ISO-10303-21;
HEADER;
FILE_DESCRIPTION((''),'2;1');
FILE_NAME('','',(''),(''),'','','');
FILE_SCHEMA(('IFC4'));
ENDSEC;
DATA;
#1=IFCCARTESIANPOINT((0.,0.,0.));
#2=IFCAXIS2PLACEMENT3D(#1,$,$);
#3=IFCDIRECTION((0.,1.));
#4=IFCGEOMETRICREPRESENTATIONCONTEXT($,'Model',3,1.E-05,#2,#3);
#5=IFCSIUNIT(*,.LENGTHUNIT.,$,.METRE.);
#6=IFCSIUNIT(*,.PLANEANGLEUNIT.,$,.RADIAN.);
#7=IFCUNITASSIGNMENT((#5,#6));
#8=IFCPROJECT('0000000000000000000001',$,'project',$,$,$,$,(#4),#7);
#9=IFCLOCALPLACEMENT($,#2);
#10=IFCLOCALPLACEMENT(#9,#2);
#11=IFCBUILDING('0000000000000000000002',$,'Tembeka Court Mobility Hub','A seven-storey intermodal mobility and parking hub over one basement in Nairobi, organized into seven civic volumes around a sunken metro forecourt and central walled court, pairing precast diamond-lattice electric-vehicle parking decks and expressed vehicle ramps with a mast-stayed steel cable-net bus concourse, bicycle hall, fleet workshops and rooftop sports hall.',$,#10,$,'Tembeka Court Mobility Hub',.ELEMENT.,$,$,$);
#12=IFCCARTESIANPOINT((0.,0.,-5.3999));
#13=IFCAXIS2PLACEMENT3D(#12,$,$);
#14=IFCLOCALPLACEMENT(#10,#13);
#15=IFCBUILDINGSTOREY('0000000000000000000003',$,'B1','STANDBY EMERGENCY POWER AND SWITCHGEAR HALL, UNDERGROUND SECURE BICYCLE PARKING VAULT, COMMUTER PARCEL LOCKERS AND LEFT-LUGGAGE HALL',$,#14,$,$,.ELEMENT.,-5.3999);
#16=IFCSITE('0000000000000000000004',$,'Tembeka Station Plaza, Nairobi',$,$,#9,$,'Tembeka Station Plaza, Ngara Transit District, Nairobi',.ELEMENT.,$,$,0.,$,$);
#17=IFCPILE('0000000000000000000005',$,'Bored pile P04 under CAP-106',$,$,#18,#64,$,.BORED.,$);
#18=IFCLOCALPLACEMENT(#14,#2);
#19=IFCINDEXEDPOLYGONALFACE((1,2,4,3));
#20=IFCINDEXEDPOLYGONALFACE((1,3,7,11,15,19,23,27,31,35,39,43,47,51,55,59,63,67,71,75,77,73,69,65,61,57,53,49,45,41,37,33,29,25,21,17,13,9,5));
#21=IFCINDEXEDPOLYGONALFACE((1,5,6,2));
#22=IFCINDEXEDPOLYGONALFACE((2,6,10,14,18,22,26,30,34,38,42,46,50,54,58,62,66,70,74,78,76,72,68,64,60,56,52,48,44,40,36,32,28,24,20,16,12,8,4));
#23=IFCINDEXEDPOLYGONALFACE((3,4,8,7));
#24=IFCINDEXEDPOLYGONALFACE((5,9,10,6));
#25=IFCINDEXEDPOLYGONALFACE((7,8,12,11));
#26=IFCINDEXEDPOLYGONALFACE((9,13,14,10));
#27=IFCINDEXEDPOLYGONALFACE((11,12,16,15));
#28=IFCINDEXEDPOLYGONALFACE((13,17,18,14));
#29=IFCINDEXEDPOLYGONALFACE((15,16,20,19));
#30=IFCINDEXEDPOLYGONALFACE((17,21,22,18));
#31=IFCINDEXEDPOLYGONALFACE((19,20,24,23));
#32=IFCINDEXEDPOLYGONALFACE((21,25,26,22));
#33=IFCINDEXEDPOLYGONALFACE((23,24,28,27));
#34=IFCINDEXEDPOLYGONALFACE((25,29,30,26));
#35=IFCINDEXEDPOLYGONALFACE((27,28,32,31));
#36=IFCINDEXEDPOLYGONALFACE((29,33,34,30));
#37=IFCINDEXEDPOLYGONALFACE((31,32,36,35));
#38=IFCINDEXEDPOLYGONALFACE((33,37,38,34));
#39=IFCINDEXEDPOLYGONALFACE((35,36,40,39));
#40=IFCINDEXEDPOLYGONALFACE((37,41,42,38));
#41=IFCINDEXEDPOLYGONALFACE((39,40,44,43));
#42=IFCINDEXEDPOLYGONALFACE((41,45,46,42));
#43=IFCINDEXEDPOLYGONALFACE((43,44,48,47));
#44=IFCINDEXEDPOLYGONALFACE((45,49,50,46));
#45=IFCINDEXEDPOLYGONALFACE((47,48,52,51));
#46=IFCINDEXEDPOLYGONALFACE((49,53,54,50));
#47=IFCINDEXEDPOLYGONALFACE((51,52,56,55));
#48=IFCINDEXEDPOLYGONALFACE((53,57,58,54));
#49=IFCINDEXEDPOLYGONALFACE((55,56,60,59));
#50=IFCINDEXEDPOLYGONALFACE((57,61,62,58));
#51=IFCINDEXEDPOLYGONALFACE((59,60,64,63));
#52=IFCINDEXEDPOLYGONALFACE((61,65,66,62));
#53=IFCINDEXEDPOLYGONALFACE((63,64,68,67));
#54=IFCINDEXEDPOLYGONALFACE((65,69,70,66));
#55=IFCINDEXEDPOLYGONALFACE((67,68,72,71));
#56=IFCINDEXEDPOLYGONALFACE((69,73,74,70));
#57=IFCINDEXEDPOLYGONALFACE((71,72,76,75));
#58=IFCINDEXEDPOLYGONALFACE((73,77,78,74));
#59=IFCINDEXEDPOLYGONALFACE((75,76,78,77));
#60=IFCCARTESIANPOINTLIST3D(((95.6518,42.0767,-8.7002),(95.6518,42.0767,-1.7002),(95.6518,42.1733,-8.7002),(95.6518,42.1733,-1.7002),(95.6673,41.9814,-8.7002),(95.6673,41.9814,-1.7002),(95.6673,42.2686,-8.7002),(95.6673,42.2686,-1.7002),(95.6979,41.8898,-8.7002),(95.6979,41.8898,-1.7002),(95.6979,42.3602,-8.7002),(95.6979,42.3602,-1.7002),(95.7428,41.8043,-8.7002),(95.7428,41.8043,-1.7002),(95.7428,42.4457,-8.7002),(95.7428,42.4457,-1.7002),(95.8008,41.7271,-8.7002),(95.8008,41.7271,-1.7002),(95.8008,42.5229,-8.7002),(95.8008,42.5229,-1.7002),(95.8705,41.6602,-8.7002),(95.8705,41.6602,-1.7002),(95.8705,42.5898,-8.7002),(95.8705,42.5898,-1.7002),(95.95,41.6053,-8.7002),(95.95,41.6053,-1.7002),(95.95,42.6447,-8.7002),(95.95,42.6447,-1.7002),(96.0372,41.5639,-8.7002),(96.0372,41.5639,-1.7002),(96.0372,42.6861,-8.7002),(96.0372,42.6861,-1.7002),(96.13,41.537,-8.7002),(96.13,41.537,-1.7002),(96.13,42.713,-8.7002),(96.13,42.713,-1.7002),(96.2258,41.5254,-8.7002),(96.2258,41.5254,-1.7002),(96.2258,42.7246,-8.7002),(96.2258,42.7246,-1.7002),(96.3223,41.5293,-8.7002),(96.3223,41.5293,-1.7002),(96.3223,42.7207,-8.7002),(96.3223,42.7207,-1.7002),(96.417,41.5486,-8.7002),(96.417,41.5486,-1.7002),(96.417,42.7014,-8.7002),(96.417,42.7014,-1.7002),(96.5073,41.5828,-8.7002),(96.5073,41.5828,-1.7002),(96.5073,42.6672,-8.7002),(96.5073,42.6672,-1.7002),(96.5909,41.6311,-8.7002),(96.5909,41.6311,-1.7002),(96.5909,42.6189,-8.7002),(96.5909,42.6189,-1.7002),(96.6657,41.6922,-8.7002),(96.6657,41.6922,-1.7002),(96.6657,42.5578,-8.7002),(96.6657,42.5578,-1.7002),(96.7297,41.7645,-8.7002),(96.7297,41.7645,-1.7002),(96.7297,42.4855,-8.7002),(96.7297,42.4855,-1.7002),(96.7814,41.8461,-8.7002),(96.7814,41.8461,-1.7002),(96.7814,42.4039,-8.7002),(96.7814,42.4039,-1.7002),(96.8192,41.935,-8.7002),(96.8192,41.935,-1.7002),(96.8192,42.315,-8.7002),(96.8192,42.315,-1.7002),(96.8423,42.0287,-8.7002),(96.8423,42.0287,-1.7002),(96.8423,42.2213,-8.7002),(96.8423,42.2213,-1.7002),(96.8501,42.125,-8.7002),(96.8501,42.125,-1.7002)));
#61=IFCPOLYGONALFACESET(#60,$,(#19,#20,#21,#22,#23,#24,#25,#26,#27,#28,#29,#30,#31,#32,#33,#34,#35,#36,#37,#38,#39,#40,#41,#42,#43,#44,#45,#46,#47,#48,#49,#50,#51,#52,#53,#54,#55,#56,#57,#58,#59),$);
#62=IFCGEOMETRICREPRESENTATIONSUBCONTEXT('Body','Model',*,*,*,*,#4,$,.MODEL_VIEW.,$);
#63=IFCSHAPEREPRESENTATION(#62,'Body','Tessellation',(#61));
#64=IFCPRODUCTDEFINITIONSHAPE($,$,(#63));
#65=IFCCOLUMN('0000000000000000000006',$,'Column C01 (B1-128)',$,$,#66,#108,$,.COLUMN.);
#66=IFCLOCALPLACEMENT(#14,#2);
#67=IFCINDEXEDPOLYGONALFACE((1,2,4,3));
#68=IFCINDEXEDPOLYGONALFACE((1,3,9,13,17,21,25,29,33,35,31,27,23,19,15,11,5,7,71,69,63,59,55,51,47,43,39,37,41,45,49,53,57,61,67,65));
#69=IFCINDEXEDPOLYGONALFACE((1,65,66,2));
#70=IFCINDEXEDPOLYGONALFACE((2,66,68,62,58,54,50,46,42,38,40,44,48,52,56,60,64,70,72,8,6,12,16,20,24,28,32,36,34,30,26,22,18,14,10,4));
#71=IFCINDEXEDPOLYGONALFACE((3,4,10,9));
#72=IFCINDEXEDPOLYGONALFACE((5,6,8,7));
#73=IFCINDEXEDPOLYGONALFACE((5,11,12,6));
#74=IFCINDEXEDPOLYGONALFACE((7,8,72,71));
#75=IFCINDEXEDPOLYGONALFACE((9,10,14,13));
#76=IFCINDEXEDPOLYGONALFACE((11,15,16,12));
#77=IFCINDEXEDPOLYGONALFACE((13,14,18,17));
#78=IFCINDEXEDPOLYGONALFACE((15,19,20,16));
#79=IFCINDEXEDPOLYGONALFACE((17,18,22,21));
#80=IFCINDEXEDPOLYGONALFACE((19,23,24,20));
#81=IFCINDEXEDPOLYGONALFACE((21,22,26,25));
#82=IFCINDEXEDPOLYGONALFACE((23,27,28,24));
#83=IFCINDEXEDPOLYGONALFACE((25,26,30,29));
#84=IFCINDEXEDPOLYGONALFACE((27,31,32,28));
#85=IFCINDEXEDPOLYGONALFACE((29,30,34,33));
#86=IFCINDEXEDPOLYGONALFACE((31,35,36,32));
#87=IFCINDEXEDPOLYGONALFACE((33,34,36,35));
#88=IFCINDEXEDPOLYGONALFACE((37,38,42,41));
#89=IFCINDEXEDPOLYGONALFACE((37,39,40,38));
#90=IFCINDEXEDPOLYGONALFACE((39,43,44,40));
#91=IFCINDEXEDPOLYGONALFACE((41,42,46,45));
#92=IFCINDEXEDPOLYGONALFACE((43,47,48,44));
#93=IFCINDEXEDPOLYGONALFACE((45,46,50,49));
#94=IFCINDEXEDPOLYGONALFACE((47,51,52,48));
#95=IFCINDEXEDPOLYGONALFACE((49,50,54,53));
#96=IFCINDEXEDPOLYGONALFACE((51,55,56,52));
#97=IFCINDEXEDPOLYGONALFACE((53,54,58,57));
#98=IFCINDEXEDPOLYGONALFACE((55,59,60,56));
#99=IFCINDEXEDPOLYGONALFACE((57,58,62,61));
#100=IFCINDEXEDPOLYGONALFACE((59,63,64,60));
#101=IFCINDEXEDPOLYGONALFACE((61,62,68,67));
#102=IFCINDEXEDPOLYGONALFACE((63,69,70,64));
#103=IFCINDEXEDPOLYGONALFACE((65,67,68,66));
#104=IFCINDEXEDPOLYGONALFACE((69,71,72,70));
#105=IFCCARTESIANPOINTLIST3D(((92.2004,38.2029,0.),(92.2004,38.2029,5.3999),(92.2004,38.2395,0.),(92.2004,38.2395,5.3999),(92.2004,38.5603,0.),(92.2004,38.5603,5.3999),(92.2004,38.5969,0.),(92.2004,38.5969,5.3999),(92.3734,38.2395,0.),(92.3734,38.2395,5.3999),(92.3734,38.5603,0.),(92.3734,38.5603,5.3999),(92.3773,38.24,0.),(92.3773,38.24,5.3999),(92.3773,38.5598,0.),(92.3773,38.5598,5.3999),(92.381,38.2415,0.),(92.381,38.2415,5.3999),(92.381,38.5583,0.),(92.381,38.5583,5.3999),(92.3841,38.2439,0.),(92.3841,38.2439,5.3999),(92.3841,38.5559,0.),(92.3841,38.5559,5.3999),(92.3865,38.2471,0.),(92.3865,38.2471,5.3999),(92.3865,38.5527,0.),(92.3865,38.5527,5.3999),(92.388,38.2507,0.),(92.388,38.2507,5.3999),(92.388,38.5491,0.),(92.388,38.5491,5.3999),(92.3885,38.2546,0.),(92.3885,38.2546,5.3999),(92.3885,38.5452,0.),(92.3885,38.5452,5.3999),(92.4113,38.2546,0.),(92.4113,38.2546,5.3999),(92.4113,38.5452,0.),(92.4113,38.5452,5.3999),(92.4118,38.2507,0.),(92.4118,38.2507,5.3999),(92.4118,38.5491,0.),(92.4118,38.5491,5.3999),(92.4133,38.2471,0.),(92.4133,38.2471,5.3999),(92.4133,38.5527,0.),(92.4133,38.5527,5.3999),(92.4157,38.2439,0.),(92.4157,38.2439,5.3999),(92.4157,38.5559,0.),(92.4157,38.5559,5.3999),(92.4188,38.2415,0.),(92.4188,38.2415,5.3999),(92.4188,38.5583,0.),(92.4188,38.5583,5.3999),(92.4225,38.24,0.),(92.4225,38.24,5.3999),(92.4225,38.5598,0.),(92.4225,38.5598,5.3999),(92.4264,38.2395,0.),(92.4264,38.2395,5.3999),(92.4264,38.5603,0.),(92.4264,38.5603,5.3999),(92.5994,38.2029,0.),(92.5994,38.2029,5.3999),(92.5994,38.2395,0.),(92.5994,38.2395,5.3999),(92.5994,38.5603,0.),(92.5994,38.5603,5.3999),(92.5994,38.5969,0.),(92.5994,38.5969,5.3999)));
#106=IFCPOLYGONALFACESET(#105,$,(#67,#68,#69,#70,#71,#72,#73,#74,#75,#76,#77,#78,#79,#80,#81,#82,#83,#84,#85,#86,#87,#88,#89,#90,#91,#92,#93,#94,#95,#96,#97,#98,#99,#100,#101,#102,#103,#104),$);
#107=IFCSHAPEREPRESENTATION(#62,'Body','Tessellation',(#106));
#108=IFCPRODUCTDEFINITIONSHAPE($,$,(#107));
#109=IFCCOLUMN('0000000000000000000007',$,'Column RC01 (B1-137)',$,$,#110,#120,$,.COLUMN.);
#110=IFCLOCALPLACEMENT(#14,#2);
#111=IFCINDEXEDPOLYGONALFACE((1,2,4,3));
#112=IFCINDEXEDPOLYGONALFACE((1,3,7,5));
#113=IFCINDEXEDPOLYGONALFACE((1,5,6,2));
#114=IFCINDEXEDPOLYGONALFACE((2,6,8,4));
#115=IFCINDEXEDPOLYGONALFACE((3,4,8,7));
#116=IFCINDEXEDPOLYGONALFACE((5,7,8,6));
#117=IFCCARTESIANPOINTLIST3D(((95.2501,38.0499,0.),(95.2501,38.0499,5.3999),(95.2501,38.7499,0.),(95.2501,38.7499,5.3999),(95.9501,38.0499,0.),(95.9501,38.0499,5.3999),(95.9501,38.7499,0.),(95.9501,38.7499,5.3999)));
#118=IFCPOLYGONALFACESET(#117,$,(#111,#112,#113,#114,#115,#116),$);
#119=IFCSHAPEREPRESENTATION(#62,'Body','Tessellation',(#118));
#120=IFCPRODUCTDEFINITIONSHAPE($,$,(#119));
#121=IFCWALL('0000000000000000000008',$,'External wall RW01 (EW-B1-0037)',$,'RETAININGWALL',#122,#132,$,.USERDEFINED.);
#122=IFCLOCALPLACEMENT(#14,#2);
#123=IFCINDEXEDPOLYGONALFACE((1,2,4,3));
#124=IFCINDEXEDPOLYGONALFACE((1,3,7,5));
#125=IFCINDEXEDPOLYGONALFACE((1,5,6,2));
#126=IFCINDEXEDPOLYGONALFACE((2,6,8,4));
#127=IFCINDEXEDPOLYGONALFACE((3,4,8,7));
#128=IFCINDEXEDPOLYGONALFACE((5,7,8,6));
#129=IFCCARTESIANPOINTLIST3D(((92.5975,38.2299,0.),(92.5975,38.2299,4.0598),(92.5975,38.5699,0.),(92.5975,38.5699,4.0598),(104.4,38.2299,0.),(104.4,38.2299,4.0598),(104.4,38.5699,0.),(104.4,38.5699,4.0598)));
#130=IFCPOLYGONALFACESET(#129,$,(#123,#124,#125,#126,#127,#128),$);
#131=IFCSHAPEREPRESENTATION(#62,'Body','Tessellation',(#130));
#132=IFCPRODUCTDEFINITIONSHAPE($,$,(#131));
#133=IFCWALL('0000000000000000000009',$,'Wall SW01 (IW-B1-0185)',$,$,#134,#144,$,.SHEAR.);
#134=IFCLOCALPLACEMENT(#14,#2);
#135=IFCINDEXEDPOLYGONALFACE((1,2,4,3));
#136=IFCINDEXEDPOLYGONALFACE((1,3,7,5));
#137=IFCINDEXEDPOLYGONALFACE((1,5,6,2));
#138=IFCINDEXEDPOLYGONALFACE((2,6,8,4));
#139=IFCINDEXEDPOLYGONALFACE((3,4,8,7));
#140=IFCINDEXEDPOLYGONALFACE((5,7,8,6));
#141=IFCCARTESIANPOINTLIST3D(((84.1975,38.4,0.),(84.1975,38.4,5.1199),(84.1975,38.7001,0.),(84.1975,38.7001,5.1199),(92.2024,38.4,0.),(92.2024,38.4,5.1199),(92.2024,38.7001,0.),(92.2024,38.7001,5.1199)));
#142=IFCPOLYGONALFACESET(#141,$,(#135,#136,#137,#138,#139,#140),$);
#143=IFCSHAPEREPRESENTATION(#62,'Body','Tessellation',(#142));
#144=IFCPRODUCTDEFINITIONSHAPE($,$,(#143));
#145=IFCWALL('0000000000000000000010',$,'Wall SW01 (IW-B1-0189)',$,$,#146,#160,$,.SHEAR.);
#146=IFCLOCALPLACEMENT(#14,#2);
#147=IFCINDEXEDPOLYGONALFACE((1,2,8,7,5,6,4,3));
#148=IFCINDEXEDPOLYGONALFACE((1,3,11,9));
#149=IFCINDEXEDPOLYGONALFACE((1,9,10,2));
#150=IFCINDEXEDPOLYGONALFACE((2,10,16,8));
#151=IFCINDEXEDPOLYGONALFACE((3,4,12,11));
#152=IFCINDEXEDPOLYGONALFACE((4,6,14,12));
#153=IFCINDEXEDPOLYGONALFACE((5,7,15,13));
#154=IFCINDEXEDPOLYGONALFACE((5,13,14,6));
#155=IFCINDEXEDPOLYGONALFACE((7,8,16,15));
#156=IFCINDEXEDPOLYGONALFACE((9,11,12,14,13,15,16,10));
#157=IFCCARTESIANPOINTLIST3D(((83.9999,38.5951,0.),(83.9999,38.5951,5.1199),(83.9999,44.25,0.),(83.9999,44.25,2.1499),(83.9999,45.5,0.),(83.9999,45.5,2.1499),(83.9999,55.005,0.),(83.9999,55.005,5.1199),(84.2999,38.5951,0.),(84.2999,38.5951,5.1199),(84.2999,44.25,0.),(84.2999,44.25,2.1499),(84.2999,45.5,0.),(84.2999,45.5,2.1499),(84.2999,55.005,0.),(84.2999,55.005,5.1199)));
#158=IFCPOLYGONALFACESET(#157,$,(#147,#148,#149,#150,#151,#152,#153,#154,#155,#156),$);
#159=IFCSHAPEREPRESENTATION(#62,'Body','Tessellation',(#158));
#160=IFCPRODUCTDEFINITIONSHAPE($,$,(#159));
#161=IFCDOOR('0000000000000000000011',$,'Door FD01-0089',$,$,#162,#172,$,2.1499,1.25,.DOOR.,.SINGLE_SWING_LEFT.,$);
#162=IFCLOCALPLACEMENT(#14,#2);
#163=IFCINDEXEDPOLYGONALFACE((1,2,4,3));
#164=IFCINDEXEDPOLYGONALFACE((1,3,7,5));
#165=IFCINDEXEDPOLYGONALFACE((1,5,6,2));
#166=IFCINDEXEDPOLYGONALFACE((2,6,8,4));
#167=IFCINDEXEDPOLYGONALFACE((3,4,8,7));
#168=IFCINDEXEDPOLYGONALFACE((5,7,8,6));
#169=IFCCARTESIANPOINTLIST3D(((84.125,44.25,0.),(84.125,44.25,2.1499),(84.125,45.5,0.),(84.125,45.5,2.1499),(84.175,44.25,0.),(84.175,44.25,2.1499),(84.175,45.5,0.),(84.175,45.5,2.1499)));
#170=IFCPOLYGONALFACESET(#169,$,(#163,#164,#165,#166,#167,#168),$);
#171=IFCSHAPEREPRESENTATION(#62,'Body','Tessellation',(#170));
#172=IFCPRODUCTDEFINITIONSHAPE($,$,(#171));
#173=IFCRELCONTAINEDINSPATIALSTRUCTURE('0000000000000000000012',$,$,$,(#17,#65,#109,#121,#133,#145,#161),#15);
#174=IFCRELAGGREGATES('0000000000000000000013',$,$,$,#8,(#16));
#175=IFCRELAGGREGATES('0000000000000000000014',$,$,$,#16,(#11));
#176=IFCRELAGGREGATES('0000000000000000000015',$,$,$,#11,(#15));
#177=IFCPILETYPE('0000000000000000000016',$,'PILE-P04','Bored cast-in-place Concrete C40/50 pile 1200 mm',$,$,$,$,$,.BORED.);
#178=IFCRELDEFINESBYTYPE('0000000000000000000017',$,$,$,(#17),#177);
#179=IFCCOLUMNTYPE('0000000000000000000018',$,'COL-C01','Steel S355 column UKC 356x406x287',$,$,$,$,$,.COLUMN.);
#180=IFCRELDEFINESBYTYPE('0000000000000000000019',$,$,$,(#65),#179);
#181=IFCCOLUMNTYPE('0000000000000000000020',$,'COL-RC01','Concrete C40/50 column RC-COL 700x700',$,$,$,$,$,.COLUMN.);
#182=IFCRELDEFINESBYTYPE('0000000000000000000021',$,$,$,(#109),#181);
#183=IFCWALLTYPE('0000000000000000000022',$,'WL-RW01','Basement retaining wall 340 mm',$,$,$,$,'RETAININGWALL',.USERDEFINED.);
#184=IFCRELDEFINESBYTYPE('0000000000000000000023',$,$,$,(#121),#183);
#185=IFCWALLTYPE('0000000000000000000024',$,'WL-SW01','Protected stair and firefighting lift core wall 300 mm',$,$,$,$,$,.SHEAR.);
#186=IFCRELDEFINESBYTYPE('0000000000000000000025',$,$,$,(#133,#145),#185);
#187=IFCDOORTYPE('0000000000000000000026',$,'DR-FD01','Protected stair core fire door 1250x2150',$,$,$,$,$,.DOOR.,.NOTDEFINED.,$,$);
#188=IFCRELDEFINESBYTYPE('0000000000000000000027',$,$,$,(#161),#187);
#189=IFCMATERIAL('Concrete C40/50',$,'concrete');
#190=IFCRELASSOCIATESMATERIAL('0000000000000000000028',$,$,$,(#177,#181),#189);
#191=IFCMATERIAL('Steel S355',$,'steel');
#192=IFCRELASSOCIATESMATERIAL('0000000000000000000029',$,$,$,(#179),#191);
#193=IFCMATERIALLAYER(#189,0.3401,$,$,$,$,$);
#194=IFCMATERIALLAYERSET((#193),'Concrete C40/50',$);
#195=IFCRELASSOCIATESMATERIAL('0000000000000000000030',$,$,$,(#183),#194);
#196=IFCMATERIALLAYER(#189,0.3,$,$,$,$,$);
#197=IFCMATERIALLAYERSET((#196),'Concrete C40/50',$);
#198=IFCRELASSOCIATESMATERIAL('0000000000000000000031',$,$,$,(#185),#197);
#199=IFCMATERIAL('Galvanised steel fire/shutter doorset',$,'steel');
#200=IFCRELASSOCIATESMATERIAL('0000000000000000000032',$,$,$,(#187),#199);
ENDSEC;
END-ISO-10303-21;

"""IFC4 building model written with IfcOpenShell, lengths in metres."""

from ifc_helpers import new_model, si_unit, direction, frame, frame_2d, origin, origin_2d, place, context, subcontext, project, spatial, rectangle, circle, i_section, extrude, material, layer, layer_set, material_profile, profile_set, type_object, element, fill, save


model = new_model("IFC4")

# Units and contexts
model_context = context("Model", 3, precision=1e-05, world=origin(), true_north=direction((0.0, 1.0)))
body_context = subcontext(model_context, "Body", "Model", "MODEL_VIEW")
ifc_project = project(units=[si_unit("LENGTHUNIT", "METRE"), si_unit("PLANEANGLEUNIT", "RADIAN")], contexts=[model_context])

# Site, building, storey
site_placement = place(None, origin())
site = spatial("IfcSite", under=ifc_project, at=site_placement, Name="Tembeka Station Plaza, Nairobi", LongName="Tembeka Station Plaza, Ngara Transit District, Nairobi", CompositionType="ELEMENT", RefElevation=0.0)
building_placement = place(site_placement, origin())
building = spatial("IfcBuilding", under=site, at=building_placement, Name="Tembeka Court Mobility Hub", Description="A seven-storey intermodal mobility and parking hub over one basement in Nairobi, organized into seven civic volumes around a sunken metro forecourt and central walled court, pairing precast diamond-lattice electric-vehicle parking decks and expressed vehicle ramps with a mast-stayed steel cable-net bus concourse, bicycle hall, fleet workshops and rooftop sports hall.", LongName="Tembeka Court Mobility Hub", CompositionType="ELEMENT")
storey_placement = place(building_placement, frame((0.0, 0.0, -5.3999)))
storey = spatial("IfcBuildingStorey", under=building, at=storey_placement, Name="B1", Description="STANDBY EMERGENCY POWER AND SWITCHGEAR HALL, UNDERGROUND SECURE BICYCLE PARKING VAULT, COMMUTER PARCEL LOCKERS AND LEFT-LUGGAGE HALL", CompositionType="ELEMENT", Elevation=-5.3999)

# Shared definitions
ifc_material_1 = material(Name="Concrete C40/50", Category="concrete")

# Pile
ifc_material_profile_1 = material_profile(ifc_material_1, circle(Radius=0.6001, at=origin_2d()), Name="PILE D1200")
ifc_profile_set_1 = profile_set([ifc_material_profile_1], Name="Concrete C40/50")
pile_type = type_object("IfcPileType", Name="PILE-P04", Description="Bored cast-in-place Concrete C40/50 pile 1200 mm", PredefinedType="BORED", material=ifc_profile_set_1)
for number, where, z_axis, x_axis, name in (
    (1, (96.25, 42.125, -1.7002), (0.0, 0.0, -1.0), (1.0, 0.0, 0.0), "Bored pile P04 under CAP-106"),
):
    element("IfcPile", number, at=place(storey_placement, frame(where, z_axis=z_axis, x_axis=x_axis)), inside=storey, type_object=pile_type, Name=name, PredefinedType="BORED", context=body_context, shape_type="SweptSolid", body=[
        extrude(circle(Radius=0.6001, at=origin_2d()), origin(), (0.0, 0.0, 1.0), 7.0),
    ])

# Columns
ifc_material_2 = material(Name="Steel S355", Category="steel")
ifc_material_profile_2 = material_profile(ifc_material_2, i_section(OverallWidth=0.3989, OverallDepth=0.394, WebThickness=0.0227, FlangeThickness=0.0366, FilletRadius=0.0151, at=origin_2d()), Name="UKC 356x406x287")
ifc_profile_set_2 = profile_set([ifc_material_profile_2], Name="Steel S355")
column_type_1 = type_object("IfcColumnType", Name="COL-C01", Description="Steel S355 column UKC 356x406x287", PredefinedType="COLUMN", material=ifc_profile_set_2)
column_1_placement = place(storey_placement, frame((92.3999, 38.3999, 0.0), z_axis=(0.0, 0.0, 1.0), x_axis=(1.0, 0.0, 0.0)))
element("IfcColumn", 2, at=column_1_placement, inside=storey, type_object=column_type_1, Name="Column C01 (B1-128)", PredefinedType="COLUMN", context=body_context, shape_type="SweptSolid", body=[
    extrude(i_section(OverallWidth=0.3989, OverallDepth=0.394, WebThickness=0.0227, FlangeThickness=0.0366, FilletRadius=0.0151, at=origin_2d()), origin(), (0.0, 0.0, 1.0), 5.3999),
])
ifc_material_profile_3 = material_profile(ifc_material_1, rectangle(XDim=0.7, YDim=0.7, at=origin_2d()), Name="RC-COL 700x700")
ifc_profile_set_3 = profile_set([ifc_material_profile_3], Name="Concrete C40/50")
column_type_2 = type_object("IfcColumnType", Name="COL-RC01", Description="Concrete C40/50 column RC-COL 700x700", PredefinedType="COLUMN", material=ifc_profile_set_3)
column_2_placement = place(storey_placement, frame((95.6001, 38.3999, 0.0), z_axis=(0.0, 0.0, 1.0), x_axis=(1.0, 0.0, 0.0)))
element("IfcColumn", 3, at=column_2_placement, inside=storey, type_object=column_type_2, Name="Column RC01 (B1-137)", PredefinedType="COLUMN", context=body_context, shape_type="SweptSolid", body=[
    extrude(rectangle(XDim=0.7, YDim=0.7, at=origin_2d()), origin(), (0.0, 0.0, 1.0), 5.3999),
])

# Walls
ifc_layer_1 = layer(ifc_material_1, 0.3401)
ifc_layer_set_1 = layer_set([ifc_layer_1], Name="Concrete C40/50")
wall_type_1 = type_object("IfcWallType", Name="WL-RW01", Description="Basement retaining wall 340 mm", ElementType="RETAININGWALL", PredefinedType="USERDEFINED", material=ifc_layer_set_1)
wall_1_placement = place(storey_placement, frame((92.5974, 38.3999, 0.0), z_axis=(0.0, 0.0, 1.0), x_axis=(1.0, 0.0, 0.0)))
element("IfcWall", 4, at=wall_1_placement, inside=storey, type_object=wall_type_1, Name="External wall RW01 (EW-B1-0037)", ObjectType="RETAININGWALL", PredefinedType="USERDEFINED", context=body_context, shape_type="SweptSolid", body=[
    extrude(rectangle(XDim=11.8025, YDim=0.3401, at=frame_2d((5.9014, 0.0))), origin(), (0.0, 0.0, 1.0), 4.0598),
])
ifc_layer_2 = layer(ifc_material_1, 0.3)
ifc_layer_set_2 = layer_set([ifc_layer_2], Name="Concrete C40/50")
wall_type_2 = type_object("IfcWallType", Name="WL-SW01", Description="Protected stair and firefighting lift core wall 300 mm", PredefinedType="SHEAR", material=ifc_layer_set_2)
wall_2_placement = place(storey_placement, frame((84.1975, 38.55, 0.0), z_axis=(0.0, 0.0, 1.0), x_axis=(1.0, 0.0, 0.0)))
element("IfcWall", 5, at=wall_2_placement, inside=storey, type_object=wall_type_2, Name="Wall SW01 (IW-B1-0185)", PredefinedType="SHEAR", context=body_context, shape_type="SweptSolid", body=[
    extrude(rectangle(XDim=8.0049, YDim=0.3, at=frame_2d((4.0024, 0.0))), origin(), (0.0, 0.0, 1.0), 5.1199),
])

# Wall, opening, door
wall_3_placement = place(storey_placement, frame((84.1499, 38.595, 0.0), z_axis=(0.0, 0.0, 1.0), x_axis=(0.0, 1.0, 0.0)))
wall_3 = element("IfcWall", 6, at=wall_3_placement, inside=storey, type_object=wall_type_2, Name="Wall SW01 (IW-B1-0189)", PredefinedType="SHEAR", context=body_context, shape_type="SweptSolid", body=[
    extrude(rectangle(XDim=16.4099, YDim=0.3, at=frame_2d((8.2051, 0.0))), origin(), (0.0, 0.0, 1.0), 5.1199),
])
opening_1_placement = place(wall_3_placement, frame((5.655, 0.0, 0.0)))
opening_1 = element("IfcOpeningElement", 7, at=opening_1_placement, cuts=wall_3, PredefinedType="OPENING", context=body_context, shape_type="SweptSolid", body=[
    extrude(rectangle(XDim=1.25, YDim=2.1499, at=frame_2d((0.625, 1.075))), frame((0.0, 0.1602, 0.0), z_axis=(0.0, -1.0, 0.0), x_axis=(1.0, 0.0, 0.0)), (0.0, 0.0, 1.0), 0.3201),
])
ifc_material_3 = material(Name="Galvanised steel fire/shutter doorset", Category="steel")
door_type_1 = type_object("IfcDoorType", Name="DR-FD01", Description="Protected stair core fire door 1250x2150", OperationType="NOTDEFINED", PredefinedType="DOOR", material=ifc_material_3)
door_1_placement = place(opening_1_placement, origin())
door_1 = element("IfcDoor", 8, at=door_1_placement, inside=storey, type_object=door_type_1, Name="Door FD01-0089", OperationType="SINGLE_SWING_LEFT", OverallHeight=2.1499, OverallWidth=1.25, PredefinedType="DOOR", context=body_context, shape_type="SweptSolid", body=[
    extrude(rectangle(XDim=1.25, YDim=2.1499, at=frame_2d((0.625, 1.075))), frame((0.0, 0.0249, 0.0), z_axis=(0.0, -1.0, 0.0), x_axis=(1.0, 0.0, 0.0)), (0.0, 0.0, 1.0), 0.05),
])
fill(opening_1, door_1)

save(model, "model.ifc")
